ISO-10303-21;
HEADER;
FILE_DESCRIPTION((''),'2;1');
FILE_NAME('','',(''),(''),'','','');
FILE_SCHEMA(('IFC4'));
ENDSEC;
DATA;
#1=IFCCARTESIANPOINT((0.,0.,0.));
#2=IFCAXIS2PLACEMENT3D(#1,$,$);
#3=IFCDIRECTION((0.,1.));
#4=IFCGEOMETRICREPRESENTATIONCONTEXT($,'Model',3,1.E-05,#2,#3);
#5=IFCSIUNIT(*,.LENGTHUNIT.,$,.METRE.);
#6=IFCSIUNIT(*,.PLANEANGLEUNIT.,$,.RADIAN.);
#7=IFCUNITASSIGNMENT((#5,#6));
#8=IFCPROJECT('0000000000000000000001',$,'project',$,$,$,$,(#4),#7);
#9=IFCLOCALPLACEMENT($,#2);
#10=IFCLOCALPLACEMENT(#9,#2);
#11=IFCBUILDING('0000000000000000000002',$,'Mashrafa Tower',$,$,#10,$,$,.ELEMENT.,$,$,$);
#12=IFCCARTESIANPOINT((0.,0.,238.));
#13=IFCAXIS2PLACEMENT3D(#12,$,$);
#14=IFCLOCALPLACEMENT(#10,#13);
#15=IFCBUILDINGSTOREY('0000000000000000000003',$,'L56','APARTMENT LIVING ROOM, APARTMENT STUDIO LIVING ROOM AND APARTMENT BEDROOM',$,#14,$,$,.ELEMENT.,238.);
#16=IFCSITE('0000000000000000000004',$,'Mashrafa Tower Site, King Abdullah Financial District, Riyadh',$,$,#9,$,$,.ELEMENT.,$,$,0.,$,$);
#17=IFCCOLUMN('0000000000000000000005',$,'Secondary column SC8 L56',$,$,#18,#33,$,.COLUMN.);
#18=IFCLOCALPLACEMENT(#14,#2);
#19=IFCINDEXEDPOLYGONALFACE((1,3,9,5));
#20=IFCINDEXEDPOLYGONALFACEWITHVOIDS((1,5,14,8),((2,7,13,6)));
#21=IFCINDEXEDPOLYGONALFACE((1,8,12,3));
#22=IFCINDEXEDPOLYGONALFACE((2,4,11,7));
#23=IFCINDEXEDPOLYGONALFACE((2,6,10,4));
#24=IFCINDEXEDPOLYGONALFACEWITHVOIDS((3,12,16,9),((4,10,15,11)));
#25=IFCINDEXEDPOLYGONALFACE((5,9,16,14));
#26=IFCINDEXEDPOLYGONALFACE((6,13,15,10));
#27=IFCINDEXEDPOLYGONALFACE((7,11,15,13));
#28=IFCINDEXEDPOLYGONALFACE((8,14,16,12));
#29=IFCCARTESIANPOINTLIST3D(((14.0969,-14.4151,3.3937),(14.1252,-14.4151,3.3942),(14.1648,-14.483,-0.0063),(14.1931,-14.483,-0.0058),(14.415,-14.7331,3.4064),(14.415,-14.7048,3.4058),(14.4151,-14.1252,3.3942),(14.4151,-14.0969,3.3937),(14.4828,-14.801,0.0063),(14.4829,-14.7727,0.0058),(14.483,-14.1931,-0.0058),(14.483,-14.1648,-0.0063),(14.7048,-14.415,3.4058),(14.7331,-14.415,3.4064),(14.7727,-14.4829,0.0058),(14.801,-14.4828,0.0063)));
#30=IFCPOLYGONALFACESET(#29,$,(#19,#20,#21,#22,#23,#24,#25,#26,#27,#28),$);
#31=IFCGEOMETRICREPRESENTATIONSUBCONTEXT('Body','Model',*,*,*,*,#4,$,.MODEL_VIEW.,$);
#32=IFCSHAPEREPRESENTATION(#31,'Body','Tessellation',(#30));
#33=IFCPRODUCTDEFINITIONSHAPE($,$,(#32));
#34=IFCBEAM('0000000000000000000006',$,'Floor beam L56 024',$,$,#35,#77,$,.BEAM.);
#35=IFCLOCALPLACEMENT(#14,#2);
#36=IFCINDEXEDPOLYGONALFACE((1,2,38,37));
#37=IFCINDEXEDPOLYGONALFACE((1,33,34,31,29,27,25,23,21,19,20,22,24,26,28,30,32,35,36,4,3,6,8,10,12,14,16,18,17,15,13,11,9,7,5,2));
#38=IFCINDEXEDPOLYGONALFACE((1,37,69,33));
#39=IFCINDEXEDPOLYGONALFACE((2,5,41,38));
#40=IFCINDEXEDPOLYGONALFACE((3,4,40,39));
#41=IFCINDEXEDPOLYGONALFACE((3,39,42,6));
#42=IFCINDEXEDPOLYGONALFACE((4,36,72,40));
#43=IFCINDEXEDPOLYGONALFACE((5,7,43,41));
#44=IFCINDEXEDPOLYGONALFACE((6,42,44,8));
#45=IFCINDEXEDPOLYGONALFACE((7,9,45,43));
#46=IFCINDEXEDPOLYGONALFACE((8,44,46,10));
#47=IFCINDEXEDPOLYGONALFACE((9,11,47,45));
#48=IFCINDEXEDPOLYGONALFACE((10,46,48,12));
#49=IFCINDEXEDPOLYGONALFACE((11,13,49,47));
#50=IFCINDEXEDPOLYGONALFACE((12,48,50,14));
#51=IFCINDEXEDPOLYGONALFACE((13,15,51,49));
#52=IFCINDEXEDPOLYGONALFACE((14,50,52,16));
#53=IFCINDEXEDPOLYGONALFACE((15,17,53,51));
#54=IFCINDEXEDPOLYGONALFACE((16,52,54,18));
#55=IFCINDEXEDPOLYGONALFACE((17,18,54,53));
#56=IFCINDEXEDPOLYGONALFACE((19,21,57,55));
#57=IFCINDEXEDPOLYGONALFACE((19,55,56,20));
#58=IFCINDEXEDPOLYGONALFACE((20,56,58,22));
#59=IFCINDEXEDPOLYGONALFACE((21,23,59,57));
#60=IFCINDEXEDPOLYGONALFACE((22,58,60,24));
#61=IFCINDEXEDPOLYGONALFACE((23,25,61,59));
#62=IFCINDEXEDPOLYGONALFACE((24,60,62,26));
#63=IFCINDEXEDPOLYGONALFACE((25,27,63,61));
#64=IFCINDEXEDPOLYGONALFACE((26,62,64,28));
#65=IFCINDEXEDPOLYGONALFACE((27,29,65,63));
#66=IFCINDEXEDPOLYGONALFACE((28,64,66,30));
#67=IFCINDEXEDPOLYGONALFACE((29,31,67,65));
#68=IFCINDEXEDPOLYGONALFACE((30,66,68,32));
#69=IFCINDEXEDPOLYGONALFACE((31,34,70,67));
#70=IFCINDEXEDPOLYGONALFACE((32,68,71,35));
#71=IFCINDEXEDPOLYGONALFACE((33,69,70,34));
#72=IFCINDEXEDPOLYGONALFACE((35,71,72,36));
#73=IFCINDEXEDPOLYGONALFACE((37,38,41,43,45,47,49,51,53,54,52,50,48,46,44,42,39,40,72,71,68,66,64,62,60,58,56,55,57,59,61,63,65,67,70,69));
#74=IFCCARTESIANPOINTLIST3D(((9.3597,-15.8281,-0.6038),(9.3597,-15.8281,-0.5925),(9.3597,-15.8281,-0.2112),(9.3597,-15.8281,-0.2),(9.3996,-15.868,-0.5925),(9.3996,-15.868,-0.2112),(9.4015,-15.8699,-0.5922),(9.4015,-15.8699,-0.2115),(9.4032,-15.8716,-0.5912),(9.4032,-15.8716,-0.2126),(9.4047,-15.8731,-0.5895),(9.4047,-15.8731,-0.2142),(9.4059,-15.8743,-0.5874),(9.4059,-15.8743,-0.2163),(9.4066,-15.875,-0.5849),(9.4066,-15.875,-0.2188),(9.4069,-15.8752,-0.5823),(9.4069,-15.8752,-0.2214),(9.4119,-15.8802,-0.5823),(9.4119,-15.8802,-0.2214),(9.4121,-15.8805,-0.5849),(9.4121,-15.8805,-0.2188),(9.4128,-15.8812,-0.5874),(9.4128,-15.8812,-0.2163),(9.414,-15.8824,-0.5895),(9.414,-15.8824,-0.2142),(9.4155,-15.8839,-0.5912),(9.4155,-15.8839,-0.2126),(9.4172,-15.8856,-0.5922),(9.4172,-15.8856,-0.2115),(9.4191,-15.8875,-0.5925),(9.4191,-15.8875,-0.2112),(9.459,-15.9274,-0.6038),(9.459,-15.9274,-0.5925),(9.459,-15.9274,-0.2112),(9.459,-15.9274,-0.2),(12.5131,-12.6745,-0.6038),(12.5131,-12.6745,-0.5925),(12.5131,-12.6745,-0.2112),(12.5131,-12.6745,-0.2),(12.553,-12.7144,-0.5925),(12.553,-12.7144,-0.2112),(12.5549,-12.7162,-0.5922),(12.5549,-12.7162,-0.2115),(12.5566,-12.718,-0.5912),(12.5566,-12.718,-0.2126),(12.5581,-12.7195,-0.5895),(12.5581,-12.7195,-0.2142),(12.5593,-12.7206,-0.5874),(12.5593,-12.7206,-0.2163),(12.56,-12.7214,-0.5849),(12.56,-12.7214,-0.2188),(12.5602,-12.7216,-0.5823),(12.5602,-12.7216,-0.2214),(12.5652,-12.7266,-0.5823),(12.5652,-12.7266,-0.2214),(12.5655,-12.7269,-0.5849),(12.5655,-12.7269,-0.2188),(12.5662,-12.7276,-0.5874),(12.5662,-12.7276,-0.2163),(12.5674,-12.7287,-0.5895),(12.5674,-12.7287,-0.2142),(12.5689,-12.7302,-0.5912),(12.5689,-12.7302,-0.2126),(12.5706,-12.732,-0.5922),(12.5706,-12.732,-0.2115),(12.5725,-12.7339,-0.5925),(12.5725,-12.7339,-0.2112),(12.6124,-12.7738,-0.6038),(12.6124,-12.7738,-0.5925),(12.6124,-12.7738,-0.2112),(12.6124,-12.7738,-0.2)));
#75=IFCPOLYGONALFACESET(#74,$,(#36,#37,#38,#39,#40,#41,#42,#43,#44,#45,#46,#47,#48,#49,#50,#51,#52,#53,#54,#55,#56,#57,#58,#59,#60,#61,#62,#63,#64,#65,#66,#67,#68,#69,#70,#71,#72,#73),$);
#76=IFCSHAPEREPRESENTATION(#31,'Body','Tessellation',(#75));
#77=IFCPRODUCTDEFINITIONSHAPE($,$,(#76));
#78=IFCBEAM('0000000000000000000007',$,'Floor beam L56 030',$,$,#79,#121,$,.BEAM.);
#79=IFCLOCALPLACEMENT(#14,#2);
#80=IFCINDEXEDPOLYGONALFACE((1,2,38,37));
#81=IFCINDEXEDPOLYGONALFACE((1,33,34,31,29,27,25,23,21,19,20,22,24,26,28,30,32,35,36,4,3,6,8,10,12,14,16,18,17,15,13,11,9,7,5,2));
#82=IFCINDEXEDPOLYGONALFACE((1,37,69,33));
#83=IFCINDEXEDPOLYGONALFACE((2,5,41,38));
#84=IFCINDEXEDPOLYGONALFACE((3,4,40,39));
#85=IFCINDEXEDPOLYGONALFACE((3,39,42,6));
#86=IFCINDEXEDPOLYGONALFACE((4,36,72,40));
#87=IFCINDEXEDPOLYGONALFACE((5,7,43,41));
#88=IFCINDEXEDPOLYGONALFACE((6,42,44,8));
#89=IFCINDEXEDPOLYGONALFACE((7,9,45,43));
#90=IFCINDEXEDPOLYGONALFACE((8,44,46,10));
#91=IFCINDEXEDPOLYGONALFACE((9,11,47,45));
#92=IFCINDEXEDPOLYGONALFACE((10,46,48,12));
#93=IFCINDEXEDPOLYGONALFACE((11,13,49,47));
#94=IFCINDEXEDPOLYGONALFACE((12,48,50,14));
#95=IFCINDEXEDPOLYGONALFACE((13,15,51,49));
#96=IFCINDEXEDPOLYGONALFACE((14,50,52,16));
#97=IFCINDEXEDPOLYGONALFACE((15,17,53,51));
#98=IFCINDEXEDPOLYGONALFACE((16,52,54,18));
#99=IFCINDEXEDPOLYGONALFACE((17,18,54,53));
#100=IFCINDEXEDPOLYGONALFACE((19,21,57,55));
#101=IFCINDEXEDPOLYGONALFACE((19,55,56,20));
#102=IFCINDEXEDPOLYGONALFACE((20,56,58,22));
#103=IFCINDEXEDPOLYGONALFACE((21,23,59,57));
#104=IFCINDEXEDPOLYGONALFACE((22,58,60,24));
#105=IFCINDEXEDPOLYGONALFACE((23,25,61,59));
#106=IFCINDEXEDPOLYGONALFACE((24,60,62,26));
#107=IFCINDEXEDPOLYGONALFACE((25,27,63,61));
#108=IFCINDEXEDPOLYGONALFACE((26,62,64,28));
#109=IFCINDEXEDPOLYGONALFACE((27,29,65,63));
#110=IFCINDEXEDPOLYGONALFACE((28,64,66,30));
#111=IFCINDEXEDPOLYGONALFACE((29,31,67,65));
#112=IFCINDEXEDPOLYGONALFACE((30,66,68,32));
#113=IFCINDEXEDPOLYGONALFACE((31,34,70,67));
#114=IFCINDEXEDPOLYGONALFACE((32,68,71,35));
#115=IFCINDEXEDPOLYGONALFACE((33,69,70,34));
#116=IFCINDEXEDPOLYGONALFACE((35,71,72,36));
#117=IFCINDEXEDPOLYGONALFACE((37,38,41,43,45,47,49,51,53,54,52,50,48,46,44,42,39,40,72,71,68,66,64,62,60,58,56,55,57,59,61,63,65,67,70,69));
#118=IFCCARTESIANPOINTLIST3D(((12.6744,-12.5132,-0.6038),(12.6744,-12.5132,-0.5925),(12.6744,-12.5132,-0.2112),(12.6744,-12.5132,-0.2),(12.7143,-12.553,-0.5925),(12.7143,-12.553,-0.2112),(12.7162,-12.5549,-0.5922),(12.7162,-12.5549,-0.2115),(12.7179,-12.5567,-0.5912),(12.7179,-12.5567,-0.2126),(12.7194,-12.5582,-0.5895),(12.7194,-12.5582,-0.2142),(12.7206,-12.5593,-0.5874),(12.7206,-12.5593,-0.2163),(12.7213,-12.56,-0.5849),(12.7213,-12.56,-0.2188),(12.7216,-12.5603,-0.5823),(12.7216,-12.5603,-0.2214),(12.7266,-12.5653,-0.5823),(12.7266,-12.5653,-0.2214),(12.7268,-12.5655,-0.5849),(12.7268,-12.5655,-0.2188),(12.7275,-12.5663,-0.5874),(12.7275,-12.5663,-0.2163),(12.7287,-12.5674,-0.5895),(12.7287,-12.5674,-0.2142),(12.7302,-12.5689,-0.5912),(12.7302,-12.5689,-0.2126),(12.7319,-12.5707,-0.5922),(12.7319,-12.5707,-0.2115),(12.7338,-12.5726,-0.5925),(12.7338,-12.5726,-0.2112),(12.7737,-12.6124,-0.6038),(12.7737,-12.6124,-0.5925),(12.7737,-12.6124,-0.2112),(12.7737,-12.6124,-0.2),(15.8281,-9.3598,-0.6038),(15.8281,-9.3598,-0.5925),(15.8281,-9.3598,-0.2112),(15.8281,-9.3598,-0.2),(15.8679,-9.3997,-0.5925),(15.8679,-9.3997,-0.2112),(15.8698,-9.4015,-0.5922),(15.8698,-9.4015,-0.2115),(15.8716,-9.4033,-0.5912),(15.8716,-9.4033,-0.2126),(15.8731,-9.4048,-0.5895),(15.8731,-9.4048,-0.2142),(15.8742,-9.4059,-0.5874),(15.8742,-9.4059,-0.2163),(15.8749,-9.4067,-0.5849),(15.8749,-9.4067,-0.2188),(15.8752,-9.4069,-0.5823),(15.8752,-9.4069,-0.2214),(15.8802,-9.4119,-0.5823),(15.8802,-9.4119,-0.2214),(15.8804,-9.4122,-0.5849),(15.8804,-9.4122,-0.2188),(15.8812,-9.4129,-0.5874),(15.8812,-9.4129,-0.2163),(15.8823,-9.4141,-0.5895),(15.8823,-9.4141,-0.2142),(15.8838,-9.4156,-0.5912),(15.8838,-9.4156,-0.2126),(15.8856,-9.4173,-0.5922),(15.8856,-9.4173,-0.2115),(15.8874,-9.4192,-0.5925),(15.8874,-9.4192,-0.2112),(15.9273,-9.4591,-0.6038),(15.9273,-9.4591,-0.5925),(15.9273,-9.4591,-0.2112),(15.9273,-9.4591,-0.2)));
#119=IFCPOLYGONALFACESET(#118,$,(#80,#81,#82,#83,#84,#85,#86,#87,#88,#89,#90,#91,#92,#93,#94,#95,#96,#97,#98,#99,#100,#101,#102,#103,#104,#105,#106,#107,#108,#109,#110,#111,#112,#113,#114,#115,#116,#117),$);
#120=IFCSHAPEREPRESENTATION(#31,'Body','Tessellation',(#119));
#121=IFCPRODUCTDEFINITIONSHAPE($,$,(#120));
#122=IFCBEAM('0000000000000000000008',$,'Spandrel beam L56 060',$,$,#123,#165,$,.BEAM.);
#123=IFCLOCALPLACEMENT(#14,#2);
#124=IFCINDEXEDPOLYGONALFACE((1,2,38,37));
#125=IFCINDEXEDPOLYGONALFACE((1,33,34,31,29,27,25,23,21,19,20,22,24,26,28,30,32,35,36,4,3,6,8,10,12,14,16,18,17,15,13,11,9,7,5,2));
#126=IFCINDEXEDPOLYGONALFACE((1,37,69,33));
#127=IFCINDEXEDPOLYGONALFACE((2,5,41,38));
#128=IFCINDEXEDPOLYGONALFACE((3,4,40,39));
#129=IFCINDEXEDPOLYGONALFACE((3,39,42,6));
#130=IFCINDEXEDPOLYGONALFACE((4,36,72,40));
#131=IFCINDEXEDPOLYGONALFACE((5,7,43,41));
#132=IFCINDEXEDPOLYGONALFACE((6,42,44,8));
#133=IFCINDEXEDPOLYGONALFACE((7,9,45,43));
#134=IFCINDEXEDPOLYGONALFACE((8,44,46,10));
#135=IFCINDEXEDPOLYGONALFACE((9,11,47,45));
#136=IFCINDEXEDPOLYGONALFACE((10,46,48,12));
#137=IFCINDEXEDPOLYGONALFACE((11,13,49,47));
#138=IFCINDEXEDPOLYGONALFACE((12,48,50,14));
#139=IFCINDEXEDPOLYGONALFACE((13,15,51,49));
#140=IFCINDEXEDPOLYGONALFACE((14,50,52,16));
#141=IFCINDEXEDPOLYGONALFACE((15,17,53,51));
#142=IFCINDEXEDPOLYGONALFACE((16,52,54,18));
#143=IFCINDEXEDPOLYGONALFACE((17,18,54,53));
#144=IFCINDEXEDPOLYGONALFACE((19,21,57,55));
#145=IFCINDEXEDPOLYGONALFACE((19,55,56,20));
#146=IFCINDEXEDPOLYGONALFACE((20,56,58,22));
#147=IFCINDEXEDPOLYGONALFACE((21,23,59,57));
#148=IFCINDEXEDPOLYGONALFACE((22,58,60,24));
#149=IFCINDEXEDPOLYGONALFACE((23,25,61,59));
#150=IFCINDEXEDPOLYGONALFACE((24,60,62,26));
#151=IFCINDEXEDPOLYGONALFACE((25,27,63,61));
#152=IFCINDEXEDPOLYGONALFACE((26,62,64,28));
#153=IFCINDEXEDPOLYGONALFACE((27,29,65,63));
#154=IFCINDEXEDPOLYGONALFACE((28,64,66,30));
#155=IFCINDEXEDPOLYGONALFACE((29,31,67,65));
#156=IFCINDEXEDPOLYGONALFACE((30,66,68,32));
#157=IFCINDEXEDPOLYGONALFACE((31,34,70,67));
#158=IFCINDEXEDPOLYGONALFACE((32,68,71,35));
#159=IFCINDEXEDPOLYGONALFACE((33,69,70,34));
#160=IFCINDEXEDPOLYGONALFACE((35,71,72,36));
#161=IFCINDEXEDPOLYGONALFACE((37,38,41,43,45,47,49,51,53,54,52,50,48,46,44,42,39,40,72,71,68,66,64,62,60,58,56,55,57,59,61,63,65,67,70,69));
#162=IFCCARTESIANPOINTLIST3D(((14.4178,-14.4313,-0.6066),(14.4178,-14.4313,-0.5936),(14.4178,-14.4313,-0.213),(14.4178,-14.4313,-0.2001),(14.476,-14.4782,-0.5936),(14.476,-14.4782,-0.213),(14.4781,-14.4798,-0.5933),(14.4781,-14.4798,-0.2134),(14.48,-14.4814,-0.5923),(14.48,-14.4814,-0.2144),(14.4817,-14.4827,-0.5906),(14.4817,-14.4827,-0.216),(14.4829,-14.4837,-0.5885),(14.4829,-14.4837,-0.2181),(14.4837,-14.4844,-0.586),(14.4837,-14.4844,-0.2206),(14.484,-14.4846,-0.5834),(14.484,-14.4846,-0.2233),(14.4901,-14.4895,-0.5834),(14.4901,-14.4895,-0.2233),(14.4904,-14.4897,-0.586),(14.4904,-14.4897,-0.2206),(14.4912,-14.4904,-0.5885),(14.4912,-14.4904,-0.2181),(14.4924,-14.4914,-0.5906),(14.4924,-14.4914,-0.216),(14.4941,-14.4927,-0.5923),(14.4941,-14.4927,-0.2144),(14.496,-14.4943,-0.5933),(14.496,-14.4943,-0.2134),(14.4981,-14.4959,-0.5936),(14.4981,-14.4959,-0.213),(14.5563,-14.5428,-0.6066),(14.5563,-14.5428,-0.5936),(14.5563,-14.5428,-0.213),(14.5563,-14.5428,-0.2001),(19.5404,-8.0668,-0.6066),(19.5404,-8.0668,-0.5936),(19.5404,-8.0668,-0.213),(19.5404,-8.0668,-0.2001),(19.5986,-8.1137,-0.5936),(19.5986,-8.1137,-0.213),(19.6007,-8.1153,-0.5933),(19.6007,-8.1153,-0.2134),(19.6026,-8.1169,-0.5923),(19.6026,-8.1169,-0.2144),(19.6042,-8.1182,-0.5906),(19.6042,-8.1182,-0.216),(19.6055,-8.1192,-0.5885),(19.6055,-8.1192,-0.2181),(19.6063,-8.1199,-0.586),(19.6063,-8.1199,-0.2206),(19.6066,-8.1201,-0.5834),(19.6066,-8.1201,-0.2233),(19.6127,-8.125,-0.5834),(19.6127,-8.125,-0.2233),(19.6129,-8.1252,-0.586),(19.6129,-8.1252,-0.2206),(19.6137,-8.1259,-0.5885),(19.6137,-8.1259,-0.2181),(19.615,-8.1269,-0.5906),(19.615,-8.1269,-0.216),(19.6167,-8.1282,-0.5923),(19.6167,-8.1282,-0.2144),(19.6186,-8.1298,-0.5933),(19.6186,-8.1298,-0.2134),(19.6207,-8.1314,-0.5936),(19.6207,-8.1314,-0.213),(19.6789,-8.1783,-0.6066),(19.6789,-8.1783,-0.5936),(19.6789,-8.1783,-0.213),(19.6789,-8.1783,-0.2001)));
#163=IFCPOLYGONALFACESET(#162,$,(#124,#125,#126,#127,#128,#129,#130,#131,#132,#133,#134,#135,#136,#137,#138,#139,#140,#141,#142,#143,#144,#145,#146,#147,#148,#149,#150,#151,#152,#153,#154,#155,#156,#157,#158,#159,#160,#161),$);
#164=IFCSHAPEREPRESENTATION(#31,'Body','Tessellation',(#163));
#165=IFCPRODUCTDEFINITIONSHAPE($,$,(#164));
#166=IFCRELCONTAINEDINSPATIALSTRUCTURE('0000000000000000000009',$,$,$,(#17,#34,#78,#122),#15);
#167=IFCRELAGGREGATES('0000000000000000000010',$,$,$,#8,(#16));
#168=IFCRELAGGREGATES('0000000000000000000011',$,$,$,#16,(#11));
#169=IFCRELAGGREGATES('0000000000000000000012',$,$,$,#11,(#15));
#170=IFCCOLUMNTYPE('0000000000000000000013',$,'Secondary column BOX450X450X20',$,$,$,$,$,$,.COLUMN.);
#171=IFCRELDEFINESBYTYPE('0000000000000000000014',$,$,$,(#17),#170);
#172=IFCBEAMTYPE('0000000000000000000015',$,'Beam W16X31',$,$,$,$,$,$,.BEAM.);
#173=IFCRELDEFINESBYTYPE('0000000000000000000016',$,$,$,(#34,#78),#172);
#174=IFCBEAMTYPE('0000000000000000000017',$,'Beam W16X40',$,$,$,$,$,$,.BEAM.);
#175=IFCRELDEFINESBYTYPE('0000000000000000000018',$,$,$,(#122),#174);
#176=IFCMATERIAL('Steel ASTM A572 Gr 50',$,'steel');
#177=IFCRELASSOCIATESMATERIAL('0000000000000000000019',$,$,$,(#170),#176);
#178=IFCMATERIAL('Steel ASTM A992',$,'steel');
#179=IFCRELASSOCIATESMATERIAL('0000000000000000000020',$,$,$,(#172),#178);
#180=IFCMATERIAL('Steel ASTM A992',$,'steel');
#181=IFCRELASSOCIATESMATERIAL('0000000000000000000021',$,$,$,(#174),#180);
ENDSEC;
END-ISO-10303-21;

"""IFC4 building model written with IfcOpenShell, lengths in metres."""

from ifc_helpers import new_model, si_unit, direction, frame, origin, origin_2d, place, context, subcontext, project, spatial, hollow_rectangle, i_section, extrude, material, material_profile, profile_set, type_object, element, save


model = new_model("IFC4")

# Units and contexts
model_context = context("Model", 3, precision=1e-05, world=origin(), true_north=direction((0.0, 1.0)))
body_context = subcontext(model_context, "Body", "Model", "MODEL_VIEW")
ifc_project = project(units=[si_unit("LENGTHUNIT", "METRE"), si_unit("PLANEANGLEUNIT", "RADIAN")], contexts=[model_context])

# Site, building, storey
site_placement = place(None, origin())
site = spatial("IfcSite", under=ifc_project, at=site_placement, Name="Mashrafa Tower Site, King Abdullah Financial District, Riyadh", CompositionType="ELEMENT", RefElevation=0.0)
building_placement = place(site_placement, origin())
building = spatial("IfcBuilding", under=site, at=building_placement, Name="Mashrafa Tower", CompositionType="ELEMENT")
storey_placement = place(building_placement, frame((0.0, 0.0, 238.0)))
storey = spatial("IfcBuildingStorey", under=building, at=storey_placement, Name="L56", Description="APARTMENT LIVING ROOM, APARTMENT STUDIO LIVING ROOM AND APARTMENT BEDROOM", CompositionType="ELEMENT", Elevation=238.0)

# Column
ifc_material_1 = material(Name="Steel ASTM A572 Gr 50", Category="steel")
ifc_material_profile_1 = material_profile(ifc_material_1, hollow_rectangle(XDim=0.45, YDim=0.45, WallThickness=0.02, at=origin_2d()), Name="BOX450X450X20")
ifc_profile_set_1 = profile_set([ifc_material_profile_1], Name="Steel ASTM A572 Gr 50")
column_type = type_object("IfcColumnType", Name="Secondary column BOX450X450X20", PredefinedType="COLUMN", material=ifc_profile_set_1)
column_placement = place(storey_placement, frame((14.4829, -14.4829, 0.0), z_axis=(-0.019955, 0.019955, 0.999602), x_axis=(-0.707107, -0.707107, 0.0)))
element("IfcColumn", 1, at=column_placement, inside=storey, type_object=column_type, Name="Secondary column SC8 L56", PredefinedType="COLUMN", context=body_context, shape_type="SweptSolid", body=[
    extrude(hollow_rectangle(XDim=0.45, YDim=0.45, WallThickness=0.02, at=origin_2d()), origin(), (0.0, 0.0, 1.0), 3.4014),
])

# Beams
ifc_material_2 = material(Name="Steel ASTM A992", Category="steel")
ifc_material_profile_2 = material_profile(ifc_material_2, i_section(OverallWidth=0.1404, OverallDepth=0.4038, WebThickness=0.0071, FlangeThickness=0.0112, FilletRadius=0.0103, at=origin_2d()), Name="W16X31")
ifc_profile_set_2 = profile_set([ifc_material_profile_2], Name="Steel ASTM A992")
beam_type_1 = type_object("IfcBeamType", Name="Beam W16X31", PredefinedType="BEAM", material=ifc_profile_set_2)
for number, where, z_axis, x_axis, name in (
    (2, (12.5627, -12.7241, -0.4019), (-0.707079, -0.707134, 0.0), (0.707134, -0.707079, 0.0), "Floor beam L56 024"),
    (3, (15.8777, -9.4094, -0.4019), (-0.707134, -0.707079, 0.0), (0.707079, -0.707134, 0.0), "Floor beam L56 030"),
):
    element("IfcBeam", number, at=place(storey_placement, frame(where, z_axis=z_axis, x_axis=x_axis)), inside=storey, type_object=beam_type_1, Name=name, PredefinedType="BEAM", context=body_context, shape_type="SweptSolid", body=[
        extrude(i_section(OverallWidth=0.1404, OverallDepth=0.4038, WebThickness=0.0071, FlangeThickness=0.0112, FilletRadius=0.0103, at=origin_2d()), origin(), (0.0, 0.0, 1.0), 4.4597),
    ])
ifc_material_3 = material(Name="Steel ASTM A992", Category="steel")
ifc_material_profile_3 = material_profile(ifc_material_3, i_section(OverallWidth=0.1777, OverallDepth=0.4065, WebThickness=0.0078, FlangeThickness=0.0129, FilletRadius=0.0103, at=origin_2d()), Name="W16X40")
ifc_profile_set_3 = profile_set([ifc_material_profile_3], Name="Steel ASTM A992")
beam_type_2 = type_object("IfcBeamType", Name="Beam W16X40", PredefinedType="BEAM", material=ifc_profile_set_3)
beam_1_placement = place(storey_placement, frame((14.4871, -14.4871, -0.4033), z_axis=(0.627003, 0.779017, 0.0), x_axis=(-0.779017, 0.627003, 0.0)))
element("IfcBeam", 4, at=beam_1_placement, inside=storey, type_object=beam_type_2, Name="Spandrel beam L56 060", PredefinedType="BEAM", context=body_context, shape_type="SweptSolid", body=[
    extrude(i_section(OverallWidth=0.1777, OverallDepth=0.4065, WebThickness=0.0078, FlangeThickness=0.0129, FilletRadius=0.0103, at=origin_2d()), origin(), (0.0, 0.0, 1.0), 8.1699),
])

save(model, "model.ifc")
